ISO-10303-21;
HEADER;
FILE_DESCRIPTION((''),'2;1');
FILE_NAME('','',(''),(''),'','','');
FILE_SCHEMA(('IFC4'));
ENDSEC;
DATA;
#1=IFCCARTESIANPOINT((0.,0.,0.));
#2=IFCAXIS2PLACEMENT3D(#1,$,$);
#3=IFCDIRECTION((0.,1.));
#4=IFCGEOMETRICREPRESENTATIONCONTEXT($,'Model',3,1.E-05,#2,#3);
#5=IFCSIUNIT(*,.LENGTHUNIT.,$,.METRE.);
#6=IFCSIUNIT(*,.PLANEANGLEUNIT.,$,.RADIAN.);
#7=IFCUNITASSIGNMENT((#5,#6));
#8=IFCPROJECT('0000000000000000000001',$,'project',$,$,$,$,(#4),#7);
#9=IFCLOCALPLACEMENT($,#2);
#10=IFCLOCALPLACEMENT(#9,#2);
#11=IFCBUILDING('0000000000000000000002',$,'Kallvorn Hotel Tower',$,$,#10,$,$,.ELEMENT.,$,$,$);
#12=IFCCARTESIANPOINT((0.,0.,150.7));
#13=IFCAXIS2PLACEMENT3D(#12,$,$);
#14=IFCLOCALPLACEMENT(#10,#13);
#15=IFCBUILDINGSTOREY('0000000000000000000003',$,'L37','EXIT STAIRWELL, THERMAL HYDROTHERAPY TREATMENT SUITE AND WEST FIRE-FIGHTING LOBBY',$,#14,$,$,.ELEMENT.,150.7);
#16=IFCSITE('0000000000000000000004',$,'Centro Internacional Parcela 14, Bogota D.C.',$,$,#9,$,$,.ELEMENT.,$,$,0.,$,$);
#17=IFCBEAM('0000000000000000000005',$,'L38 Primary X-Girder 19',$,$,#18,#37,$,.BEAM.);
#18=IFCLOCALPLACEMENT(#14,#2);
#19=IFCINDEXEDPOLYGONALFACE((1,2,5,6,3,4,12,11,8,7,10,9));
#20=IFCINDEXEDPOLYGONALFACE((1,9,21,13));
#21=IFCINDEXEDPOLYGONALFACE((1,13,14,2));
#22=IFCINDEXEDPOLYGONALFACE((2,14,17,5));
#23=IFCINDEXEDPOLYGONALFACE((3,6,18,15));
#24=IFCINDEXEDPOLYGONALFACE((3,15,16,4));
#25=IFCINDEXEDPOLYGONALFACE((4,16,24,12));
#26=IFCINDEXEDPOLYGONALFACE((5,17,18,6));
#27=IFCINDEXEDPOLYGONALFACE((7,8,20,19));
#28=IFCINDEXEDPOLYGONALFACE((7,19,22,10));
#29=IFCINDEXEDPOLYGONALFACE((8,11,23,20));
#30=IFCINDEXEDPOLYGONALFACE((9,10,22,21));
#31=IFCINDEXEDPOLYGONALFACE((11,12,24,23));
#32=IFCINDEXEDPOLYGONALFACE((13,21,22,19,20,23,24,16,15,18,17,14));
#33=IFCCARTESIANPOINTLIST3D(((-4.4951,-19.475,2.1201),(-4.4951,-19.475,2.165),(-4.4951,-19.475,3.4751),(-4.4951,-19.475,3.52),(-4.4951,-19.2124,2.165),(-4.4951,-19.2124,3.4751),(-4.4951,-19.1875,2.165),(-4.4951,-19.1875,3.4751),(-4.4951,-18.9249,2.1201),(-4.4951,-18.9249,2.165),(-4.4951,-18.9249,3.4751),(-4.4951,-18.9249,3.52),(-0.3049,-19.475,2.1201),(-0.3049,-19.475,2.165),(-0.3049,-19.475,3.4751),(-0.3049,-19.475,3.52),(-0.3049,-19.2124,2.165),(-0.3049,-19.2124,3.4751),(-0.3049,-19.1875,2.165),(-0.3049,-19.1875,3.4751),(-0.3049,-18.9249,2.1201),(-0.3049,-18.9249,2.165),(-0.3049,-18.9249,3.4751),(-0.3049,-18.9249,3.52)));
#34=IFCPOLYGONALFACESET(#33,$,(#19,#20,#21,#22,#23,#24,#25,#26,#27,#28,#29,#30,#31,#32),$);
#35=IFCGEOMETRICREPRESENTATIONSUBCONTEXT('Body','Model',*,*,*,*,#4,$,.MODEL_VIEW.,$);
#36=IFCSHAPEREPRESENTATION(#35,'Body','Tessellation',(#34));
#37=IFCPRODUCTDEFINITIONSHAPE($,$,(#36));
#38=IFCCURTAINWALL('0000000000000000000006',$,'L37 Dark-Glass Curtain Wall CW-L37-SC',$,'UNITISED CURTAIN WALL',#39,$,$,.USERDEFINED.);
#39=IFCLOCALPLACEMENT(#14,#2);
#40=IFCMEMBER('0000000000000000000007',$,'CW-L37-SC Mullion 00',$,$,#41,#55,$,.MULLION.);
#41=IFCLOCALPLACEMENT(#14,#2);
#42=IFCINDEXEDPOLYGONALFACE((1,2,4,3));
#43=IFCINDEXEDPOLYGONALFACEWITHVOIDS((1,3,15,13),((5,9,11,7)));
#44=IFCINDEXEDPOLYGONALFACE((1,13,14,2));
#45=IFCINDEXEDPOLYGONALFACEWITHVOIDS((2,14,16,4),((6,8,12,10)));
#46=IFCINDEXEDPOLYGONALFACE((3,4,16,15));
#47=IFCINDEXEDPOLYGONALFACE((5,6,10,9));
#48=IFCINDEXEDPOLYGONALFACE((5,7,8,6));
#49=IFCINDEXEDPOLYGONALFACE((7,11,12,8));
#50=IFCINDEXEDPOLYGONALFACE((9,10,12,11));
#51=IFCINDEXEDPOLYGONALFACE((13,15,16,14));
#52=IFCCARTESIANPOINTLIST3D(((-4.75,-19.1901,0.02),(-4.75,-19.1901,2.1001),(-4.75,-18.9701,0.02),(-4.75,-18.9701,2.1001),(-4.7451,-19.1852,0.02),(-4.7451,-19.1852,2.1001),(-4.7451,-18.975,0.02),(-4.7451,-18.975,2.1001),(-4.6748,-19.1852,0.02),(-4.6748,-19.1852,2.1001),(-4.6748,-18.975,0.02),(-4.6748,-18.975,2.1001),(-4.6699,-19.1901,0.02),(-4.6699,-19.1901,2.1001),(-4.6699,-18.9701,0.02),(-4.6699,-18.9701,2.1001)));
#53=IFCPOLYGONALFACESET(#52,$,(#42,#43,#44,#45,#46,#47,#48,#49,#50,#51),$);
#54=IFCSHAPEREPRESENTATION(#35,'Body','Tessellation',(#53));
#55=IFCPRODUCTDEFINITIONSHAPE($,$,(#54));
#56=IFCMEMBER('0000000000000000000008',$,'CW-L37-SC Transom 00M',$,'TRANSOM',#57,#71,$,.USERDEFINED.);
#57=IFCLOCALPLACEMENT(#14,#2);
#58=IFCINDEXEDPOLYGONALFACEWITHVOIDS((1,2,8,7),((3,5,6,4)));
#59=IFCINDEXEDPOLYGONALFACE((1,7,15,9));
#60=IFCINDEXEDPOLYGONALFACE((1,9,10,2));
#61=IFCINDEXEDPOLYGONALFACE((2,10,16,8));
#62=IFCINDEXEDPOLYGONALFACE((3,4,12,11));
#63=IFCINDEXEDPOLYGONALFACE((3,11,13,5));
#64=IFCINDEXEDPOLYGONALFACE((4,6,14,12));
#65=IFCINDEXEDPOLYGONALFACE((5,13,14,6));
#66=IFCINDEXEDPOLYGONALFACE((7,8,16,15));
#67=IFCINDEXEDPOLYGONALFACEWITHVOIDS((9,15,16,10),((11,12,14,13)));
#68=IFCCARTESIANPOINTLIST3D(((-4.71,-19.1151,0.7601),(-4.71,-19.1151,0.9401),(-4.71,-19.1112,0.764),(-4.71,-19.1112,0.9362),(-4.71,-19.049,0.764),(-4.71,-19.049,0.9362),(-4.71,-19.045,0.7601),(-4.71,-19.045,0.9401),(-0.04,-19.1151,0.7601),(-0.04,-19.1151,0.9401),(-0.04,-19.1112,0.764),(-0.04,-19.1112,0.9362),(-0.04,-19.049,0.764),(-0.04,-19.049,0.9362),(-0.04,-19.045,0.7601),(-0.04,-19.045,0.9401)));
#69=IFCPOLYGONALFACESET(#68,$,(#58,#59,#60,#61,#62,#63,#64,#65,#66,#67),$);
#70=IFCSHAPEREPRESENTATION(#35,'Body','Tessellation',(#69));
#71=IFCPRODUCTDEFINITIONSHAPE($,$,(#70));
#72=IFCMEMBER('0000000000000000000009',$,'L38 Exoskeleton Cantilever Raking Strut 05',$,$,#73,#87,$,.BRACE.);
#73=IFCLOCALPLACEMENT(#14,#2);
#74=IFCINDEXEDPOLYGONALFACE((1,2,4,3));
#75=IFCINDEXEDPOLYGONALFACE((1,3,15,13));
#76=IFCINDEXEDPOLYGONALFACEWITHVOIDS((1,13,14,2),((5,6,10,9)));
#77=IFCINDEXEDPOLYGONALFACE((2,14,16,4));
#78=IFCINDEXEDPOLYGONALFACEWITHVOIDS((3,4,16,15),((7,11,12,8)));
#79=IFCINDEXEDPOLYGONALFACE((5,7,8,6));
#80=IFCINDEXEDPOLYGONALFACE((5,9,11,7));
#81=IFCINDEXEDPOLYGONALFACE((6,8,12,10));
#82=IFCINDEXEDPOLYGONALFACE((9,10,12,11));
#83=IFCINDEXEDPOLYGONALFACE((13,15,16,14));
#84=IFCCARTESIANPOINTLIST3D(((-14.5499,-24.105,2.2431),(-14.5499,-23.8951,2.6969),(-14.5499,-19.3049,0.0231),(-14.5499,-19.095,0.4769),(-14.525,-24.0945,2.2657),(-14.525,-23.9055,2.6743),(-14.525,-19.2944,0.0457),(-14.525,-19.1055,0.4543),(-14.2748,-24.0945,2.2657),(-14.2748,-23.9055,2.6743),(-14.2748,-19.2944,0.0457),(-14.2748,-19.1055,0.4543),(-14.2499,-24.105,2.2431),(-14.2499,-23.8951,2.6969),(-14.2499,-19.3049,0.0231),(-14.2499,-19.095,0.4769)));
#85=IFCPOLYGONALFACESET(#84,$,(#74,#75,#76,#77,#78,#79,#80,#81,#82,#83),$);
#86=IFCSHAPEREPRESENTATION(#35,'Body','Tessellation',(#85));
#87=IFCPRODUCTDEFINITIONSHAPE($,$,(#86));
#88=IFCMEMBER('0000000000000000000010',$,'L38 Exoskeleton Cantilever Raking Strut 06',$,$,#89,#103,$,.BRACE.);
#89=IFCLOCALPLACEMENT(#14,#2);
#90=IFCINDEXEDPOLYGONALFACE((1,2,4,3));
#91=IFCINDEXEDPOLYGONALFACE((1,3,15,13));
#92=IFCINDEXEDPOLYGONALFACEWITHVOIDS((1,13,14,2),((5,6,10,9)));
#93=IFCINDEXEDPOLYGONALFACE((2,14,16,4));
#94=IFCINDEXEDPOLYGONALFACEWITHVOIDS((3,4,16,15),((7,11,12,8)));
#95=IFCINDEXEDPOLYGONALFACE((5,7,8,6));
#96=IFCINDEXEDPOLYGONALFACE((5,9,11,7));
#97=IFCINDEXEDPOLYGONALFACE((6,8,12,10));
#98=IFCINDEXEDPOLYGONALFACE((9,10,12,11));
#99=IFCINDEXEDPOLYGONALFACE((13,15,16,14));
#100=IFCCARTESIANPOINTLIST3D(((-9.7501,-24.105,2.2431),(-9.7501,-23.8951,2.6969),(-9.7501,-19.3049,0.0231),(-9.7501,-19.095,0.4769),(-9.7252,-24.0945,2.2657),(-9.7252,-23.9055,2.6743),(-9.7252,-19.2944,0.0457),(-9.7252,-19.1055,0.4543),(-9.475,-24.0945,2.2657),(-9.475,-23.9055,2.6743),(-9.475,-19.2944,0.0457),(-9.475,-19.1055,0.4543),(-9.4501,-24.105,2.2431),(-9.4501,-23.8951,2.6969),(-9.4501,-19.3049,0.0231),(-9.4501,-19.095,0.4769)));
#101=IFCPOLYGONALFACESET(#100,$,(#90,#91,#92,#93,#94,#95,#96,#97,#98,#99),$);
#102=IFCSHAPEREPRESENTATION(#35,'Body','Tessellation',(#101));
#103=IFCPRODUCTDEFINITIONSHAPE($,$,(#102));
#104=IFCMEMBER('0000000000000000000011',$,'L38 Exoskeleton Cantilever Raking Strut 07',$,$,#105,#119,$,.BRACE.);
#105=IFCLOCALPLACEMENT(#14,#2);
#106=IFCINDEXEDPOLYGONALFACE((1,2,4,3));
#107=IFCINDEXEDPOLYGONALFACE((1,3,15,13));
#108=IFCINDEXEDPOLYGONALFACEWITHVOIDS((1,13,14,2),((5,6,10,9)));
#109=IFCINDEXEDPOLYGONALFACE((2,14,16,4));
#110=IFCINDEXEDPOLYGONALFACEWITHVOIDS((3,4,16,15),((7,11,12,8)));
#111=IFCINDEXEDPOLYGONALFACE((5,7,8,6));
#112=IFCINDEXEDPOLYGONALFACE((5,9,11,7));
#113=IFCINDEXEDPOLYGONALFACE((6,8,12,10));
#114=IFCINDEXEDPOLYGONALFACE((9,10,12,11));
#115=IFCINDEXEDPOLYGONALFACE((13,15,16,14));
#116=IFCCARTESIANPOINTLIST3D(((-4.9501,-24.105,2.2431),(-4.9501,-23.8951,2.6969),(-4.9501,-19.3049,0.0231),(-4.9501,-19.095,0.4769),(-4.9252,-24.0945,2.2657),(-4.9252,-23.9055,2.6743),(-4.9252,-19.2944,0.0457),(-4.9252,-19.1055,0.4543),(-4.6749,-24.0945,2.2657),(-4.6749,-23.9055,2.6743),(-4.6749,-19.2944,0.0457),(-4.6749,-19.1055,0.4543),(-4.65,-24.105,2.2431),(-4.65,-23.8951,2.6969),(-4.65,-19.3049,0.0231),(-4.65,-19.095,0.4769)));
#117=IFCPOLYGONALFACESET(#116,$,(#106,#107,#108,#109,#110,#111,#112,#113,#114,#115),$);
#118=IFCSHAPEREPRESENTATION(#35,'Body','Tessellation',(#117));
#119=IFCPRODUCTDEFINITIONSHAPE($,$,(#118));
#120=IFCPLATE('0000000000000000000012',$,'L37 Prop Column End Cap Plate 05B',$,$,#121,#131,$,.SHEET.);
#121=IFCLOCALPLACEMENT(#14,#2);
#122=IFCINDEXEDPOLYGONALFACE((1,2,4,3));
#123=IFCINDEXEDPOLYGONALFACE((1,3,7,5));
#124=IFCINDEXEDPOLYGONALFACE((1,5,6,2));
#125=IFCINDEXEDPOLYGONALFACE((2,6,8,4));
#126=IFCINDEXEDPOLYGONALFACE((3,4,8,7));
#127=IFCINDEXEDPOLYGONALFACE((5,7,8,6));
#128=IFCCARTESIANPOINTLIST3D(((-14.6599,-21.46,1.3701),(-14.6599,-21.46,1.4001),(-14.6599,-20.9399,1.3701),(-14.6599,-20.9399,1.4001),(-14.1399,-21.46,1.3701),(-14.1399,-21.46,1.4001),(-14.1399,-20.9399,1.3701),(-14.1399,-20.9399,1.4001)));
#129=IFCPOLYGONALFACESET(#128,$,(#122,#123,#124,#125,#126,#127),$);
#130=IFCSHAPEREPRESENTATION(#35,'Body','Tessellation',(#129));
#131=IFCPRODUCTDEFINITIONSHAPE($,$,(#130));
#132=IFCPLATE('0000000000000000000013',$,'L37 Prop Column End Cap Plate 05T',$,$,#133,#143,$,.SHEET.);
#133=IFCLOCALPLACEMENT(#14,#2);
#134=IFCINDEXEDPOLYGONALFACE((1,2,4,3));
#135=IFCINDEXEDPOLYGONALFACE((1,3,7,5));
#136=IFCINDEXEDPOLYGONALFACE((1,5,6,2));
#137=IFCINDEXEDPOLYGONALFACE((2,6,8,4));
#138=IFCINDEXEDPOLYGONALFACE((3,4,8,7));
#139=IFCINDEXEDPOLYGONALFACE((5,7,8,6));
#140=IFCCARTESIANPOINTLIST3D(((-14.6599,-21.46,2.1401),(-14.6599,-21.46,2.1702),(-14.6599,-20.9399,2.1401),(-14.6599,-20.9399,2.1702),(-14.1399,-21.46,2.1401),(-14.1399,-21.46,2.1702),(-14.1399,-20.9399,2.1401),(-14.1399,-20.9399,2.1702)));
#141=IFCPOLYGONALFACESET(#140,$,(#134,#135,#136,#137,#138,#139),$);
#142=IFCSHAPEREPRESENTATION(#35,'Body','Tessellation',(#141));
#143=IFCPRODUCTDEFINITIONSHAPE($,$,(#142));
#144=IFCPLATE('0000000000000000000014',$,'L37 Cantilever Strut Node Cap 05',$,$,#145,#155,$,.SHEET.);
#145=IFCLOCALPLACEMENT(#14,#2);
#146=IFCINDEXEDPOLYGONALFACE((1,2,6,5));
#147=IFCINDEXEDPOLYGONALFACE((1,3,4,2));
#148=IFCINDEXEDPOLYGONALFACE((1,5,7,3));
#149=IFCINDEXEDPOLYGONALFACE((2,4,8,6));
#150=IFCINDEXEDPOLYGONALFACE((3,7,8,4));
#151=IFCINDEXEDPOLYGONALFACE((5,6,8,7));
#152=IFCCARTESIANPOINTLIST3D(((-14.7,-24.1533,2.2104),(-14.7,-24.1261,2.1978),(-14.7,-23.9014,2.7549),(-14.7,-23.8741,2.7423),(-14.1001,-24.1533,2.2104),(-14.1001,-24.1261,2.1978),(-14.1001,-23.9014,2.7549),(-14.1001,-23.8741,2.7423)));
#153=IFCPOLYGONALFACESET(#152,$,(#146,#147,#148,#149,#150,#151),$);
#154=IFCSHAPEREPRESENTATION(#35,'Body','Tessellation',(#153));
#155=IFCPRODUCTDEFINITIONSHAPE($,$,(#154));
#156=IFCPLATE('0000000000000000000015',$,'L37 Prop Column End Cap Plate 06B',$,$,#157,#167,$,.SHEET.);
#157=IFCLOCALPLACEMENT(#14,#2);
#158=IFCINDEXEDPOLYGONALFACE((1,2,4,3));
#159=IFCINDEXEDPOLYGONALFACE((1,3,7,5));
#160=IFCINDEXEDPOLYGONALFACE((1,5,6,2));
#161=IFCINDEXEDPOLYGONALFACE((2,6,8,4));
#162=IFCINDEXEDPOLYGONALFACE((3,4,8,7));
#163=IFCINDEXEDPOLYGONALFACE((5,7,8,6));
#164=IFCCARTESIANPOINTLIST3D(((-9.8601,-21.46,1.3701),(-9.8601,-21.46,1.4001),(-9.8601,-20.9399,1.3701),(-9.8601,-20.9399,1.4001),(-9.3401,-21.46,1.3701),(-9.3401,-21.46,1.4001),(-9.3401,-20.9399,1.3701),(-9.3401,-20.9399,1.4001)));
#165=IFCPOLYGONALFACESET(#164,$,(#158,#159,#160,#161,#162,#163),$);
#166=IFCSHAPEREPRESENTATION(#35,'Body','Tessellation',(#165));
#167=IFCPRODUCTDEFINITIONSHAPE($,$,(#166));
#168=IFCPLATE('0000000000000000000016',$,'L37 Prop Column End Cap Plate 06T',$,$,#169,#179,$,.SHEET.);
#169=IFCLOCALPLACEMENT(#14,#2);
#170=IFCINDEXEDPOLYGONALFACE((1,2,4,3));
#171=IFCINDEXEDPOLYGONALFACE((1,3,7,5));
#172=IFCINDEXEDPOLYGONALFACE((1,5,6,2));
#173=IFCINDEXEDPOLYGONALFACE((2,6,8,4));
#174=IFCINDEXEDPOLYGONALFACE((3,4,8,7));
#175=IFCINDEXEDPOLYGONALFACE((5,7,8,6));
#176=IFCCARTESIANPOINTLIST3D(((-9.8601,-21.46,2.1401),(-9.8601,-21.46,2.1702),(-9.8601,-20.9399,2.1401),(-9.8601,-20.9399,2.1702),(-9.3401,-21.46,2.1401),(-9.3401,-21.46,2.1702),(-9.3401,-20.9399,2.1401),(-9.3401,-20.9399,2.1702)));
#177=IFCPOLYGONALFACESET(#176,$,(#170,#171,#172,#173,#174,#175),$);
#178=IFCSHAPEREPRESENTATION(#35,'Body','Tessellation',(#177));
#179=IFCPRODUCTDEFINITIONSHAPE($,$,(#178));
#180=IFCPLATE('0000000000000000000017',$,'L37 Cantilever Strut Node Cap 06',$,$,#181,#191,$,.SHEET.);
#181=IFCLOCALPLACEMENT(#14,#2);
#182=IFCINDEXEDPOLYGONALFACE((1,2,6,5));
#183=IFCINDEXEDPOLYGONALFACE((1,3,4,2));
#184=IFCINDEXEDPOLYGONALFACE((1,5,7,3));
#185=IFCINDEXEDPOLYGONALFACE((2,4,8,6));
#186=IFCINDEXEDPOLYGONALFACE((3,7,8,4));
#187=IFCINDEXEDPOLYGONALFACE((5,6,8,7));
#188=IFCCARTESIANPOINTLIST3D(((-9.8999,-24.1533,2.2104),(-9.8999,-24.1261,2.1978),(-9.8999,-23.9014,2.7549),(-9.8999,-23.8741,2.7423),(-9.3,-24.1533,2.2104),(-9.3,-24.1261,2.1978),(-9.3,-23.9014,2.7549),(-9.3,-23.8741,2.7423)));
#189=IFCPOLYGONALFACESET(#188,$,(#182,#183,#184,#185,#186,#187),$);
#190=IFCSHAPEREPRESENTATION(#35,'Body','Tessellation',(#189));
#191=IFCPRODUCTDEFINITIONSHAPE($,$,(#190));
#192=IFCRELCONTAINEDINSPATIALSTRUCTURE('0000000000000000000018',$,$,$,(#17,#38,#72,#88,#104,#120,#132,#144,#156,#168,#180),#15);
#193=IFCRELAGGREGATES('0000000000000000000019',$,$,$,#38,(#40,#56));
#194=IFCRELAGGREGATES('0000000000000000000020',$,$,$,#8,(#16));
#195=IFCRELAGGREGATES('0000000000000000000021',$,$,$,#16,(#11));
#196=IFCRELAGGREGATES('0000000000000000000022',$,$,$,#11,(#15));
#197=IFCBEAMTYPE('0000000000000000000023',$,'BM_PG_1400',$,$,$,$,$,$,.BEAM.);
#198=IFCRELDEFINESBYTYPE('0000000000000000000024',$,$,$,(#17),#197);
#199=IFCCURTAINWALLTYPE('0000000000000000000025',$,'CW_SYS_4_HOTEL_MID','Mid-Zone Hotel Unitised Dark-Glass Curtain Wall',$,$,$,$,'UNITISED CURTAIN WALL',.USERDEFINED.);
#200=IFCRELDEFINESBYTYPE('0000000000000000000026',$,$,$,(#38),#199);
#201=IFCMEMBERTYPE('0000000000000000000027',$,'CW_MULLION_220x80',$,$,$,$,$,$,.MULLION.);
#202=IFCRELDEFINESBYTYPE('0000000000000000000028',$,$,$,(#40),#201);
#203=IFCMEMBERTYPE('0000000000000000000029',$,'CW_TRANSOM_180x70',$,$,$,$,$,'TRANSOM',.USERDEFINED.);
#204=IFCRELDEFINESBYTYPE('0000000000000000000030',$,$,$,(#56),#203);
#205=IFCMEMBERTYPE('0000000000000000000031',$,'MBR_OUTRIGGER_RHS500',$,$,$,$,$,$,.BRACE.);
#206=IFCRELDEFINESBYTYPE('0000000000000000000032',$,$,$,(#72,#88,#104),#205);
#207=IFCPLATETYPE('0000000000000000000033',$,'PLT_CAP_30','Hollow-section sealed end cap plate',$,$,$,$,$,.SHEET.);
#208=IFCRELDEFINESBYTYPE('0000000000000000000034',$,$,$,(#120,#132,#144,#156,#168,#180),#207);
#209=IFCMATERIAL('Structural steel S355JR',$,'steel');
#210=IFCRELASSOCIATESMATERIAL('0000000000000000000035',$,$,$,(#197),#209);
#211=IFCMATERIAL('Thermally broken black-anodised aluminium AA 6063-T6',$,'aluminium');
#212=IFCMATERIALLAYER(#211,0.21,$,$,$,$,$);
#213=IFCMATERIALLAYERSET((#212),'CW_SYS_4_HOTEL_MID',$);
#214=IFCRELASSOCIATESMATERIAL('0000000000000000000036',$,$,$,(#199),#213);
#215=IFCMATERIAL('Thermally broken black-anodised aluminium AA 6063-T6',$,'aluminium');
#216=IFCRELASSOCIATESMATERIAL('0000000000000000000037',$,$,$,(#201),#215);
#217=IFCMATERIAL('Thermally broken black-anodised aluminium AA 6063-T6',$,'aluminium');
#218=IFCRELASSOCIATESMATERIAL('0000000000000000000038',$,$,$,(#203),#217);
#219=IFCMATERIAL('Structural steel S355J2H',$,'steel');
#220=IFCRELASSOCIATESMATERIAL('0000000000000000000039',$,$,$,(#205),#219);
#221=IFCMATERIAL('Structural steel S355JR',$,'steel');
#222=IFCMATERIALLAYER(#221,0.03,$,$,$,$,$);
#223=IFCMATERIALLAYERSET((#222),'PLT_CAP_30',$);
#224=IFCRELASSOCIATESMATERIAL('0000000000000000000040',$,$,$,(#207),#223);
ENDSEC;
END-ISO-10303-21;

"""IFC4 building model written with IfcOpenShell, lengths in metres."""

from ifc_helpers import new_model, si_unit, direction, frame, origin, origin_2d, place, context, subcontext, project, spatial, polyline, rectangle, hollow_rectangle, i_section, outline, extrude, material, layer, layer_set, material_profile, profile_set, type_object, element, aggregate, save


model = new_model("IFC4")

# Units and contexts
model_context = context("Model", 3, precision=1e-05, world=origin(), true_north=direction((0.0, 1.0)))
body_context = subcontext(model_context, "Body", "Model", "MODEL_VIEW")
ifc_project = project(units=[si_unit("LENGTHUNIT", "METRE"), si_unit("PLANEANGLEUNIT", "RADIAN")], contexts=[model_context])

# Site, building, storey
site_placement = place(None, origin())
site = spatial("IfcSite", under=ifc_project, at=site_placement, Name="Centro Internacional Parcela 14, Bogota D.C.", CompositionType="ELEMENT", RefElevation=0.0)
building_placement = place(site_placement, origin())
building = spatial("IfcBuilding", under=site, at=building_placement, Name="Kallvorn Hotel Tower", CompositionType="ELEMENT")
storey_placement = place(building_placement, frame((0.0, 0.0, 150.7)))
storey = spatial("IfcBuildingStorey", under=building, at=storey_placement, Name="L37", Description="EXIT STAIRWELL, THERMAL HYDROTHERAPY TREATMENT SUITE AND WEST FIRE-FIGHTING LOBBY", CompositionType="ELEMENT", Elevation=150.7)

# Beam
ifc_material_1 = material(Name="Structural steel S355JR", Category="steel")
ifc_material_profile_1 = material_profile(ifc_material_1, i_section(OverallWidth=0.55, OverallDepth=1.3999, WebThickness=0.0249, FlangeThickness=0.0449, at=origin_2d()), Name="PG 1400x550x25x45")
ifc_profile_set_1 = profile_set([ifc_material_profile_1], Name="Structural steel S355JR")
beam_type_1 = type_object("IfcBeamType", Name="BM_PG_1400", PredefinedType="BEAM", material=ifc_profile_set_1)
beam_placement = place(storey_placement, frame((-4.4951, -19.2, 2.8201), z_axis=(1.0, 0.0, 0.0), x_axis=(0.0, 1.0, 0.0)))
element("IfcBeam", 1, at=beam_placement, inside=storey, type_object=beam_type_1, Name="L38 Primary X-Girder 19", PredefinedType="BEAM", context=body_context, shape_type="SweptSolid", body=[
    extrude(i_section(OverallWidth=0.55, OverallDepth=1.3999, WebThickness=0.0249, FlangeThickness=0.0449, at=origin_2d()), origin(), (0.0, 0.0, 1.0), 4.1902),
])

# Curtain wall, members
ifc_material_2 = material(Name="Thermally broken black-anodised aluminium AA 6063-T6", Category="aluminium")
ifc_layer_1 = layer(ifc_material_2, 0.21)
ifc_layer_set_1 = layer_set([ifc_layer_1], Name="CW_SYS_4_HOTEL_MID")
curtain_wall_type = type_object("IfcCurtainWallType", Name="CW_SYS_4_HOTEL_MID", Description="Mid-Zone Hotel Unitised Dark-Glass Curtain Wall", ElementType="UNITISED CURTAIN WALL", PredefinedType="USERDEFINED", material=ifc_layer_set_1)
curtain_wall_placement = place(storey_placement, origin())
curtain_wall = element("IfcCurtainWall", 2, at=curtain_wall_placement, inside=storey, type_object=curtain_wall_type, Name="L37 Dark-Glass Curtain Wall CW-L37-SC", ObjectType="UNITISED CURTAIN WALL", PredefinedType="USERDEFINED")
ifc_material_3 = material(Name="Thermally broken black-anodised aluminium AA 6063-T6", Category="aluminium")
ifc_material_profile_2 = material_profile(ifc_material_3, hollow_rectangle(XDim=0.0801, YDim=0.22, WallThickness=0.0049, at=origin_2d()), Name="MUL 220x80")
ifc_profile_set_2 = profile_set([ifc_material_profile_2], Name="Thermally broken black-anodised aluminium AA 6063-T6")
member_type_1 = type_object("IfcMemberType", Name="CW_MULLION_220x80", PredefinedType="MULLION", material=ifc_profile_set_2)
member_1_placement = place(storey_placement, frame((-4.71, -19.0801, 0.02), z_axis=(0.0, 0.0, 1.0), x_axis=(1.0, 0.0, 0.0)))
member_1 = element("IfcMember", 3, at=member_1_placement, type_object=member_type_1, Name="CW-L37-SC Mullion 00", PredefinedType="MULLION", context=body_context, shape_type="SweptSolid", body=[
    extrude(hollow_rectangle(XDim=0.0801, YDim=0.22, WallThickness=0.0049, at=origin_2d()), origin(), (0.0, 0.0, 1.0), 2.0801),
])
ifc_material_4 = material(Name="Thermally broken black-anodised aluminium AA 6063-T6", Category="aluminium")
ifc_material_profile_3 = material_profile(ifc_material_4, hollow_rectangle(XDim=0.0701, YDim=0.1799, WallThickness=0.0039, at=origin_2d()), Name="TRN 180x70")
ifc_profile_set_3 = profile_set([ifc_material_profile_3], Name="Thermally broken black-anodised aluminium AA 6063-T6")
member_type_2 = type_object("IfcMemberType", Name="CW_TRANSOM_180x70", ElementType="TRANSOM", PredefinedType="USERDEFINED", material=ifc_profile_set_3)
member_2_placement = place(storey_placement, frame((-4.71, -19.0801, 0.8501), z_axis=(1.0, 0.0, 0.0), x_axis=(0.0, 1.0, 0.0)))
member_2 = element("IfcMember", 4, at=member_2_placement, type_object=member_type_2, Name="CW-L37-SC Transom 00M", ObjectType="TRANSOM", PredefinedType="USERDEFINED", context=body_context, shape_type="SweptSolid", body=[
    extrude(hollow_rectangle(XDim=0.0701, YDim=0.1799, WallThickness=0.0039, at=origin_2d()), origin(), (0.0, 0.0, 1.0), 4.6699),
])
aggregate(curtain_wall, [member_1, member_2])

# Members
ifc_material_5 = material(Name="Structural steel S355J2H", Category="steel")
ifc_material_profile_4 = material_profile(ifc_material_5, hollow_rectangle(XDim=0.3, YDim=0.5, WallThickness=0.0249, at=origin_2d()), Name="RHS 500x300x25")
ifc_profile_set_4 = profile_set([ifc_material_profile_4], Name="Structural steel S355J2H")
member_type_3 = type_object("IfcMemberType", Name="MBR_OUTRIGGER_RHS500", PredefinedType="BRACE", material=ifc_profile_set_4)
for number, where, z_axis, x_axis, name in (
    (5, (-14.3999, -19.2, 0.25), (0.0, -0.907631, 0.419769), (1.0, 0.0, 0.0), "L38 Exoskeleton Cantilever Raking Strut 05"),
    (6, (-9.6001, -19.2, 0.25), (0.0, -0.907631, 0.419769), (1.0, 0.0, 0.0), "L38 Exoskeleton Cantilever Raking Strut 06"),
    (7, (-4.8, -19.2, 0.25), (0.0, -0.907631, 0.419769), (1.0, 0.0, 0.0), "L38 Exoskeleton Cantilever Raking Strut 07"),
):
    element("IfcMember", number, at=place(storey_placement, frame(where, z_axis=z_axis, x_axis=x_axis)), inside=storey, type_object=member_type_3, Name=name, PredefinedType="BRACE", context=body_context, shape_type="SweptSolid", body=[
        extrude(hollow_rectangle(XDim=0.3, YDim=0.5, WallThickness=0.0249, at=origin_2d()), origin(), (0.0, 0.0, 1.0), 5.2886),
    ])

# Plates
ifc_material_6 = material(Name="Structural steel S355JR", Category="steel")
ifc_layer_2 = layer(ifc_material_6, 0.03)
ifc_layer_set_2 = layer_set([ifc_layer_2], Name="PLT_CAP_30")
plate_type = type_object("IfcPlateType", Name="PLT_CAP_30", Description="Hollow-section sealed end cap plate", PredefinedType="SHEET", material=ifc_layer_set_2)
for number, where, z_axis, x_axis, name in (
    (8, (-14.3999, -21.2, 1.3701), (0.0, 0.0, 1.0), (1.0, 0.0, 0.0), "L37 Prop Column End Cap Plate 05B"),
    (9, (-14.3999, -21.2, 2.1401), (0.0, 0.0, 1.0), (1.0, 0.0, 0.0), "L37 Prop Column End Cap Plate 05T"),
):
    element("IfcPlate", number, at=place(storey_placement, frame(where, z_axis=z_axis, x_axis=x_axis)), inside=storey, type_object=plate_type, Name=name, PredefinedType="SHEET", context=body_context, shape_type="SweptSolid", body=[
        extrude(rectangle(XDim=0.52, YDim=0.52, at=origin_2d()), origin(), (0.0, 0.0, 1.0), 0.03),
    ])
plate_1_placement = place(storey_placement, frame((-14.7, -24.1533, 2.2104), z_axis=(0.0, -0.90753, 0.419987), x_axis=(1.0, 0.0, 0.0)))
element("IfcPlate", 10, at=plate_1_placement, inside=storey, type_object=plate_type, Name="L37 Cantilever Strut Node Cap 05", PredefinedType="SHEET", context=body_context, shape_type="SweptSolid", body=[
    extrude(outline(polyline([(0.0, 0.0), (0.5999, 0.0), (0.5999, 0.5999), (0.0, 0.5999), (0.0, 0.0)])), origin(), (0.0, 0.0, -1.0), 0.03),
])
for number, where, z_axis, x_axis, name in (
    (11, (-9.6001, -21.2, 1.3701), (0.0, 0.0, 1.0), (1.0, 0.0, 0.0), "L37 Prop Column End Cap Plate 06B"),
    (12, (-9.6001, -21.2, 2.1401), (0.0, 0.0, 1.0), (1.0, 0.0, 0.0), "L37 Prop Column End Cap Plate 06T"),
):
    element("IfcPlate", number, at=place(storey_placement, frame(where, z_axis=z_axis, x_axis=x_axis)), inside=storey, type_object=plate_type, Name=name, PredefinedType="SHEET", context=body_context, shape_type="SweptSolid", body=[
        extrude(rectangle(XDim=0.52, YDim=0.52, at=origin_2d()), origin(), (0.0, 0.0, 1.0), 0.03),
    ])
plate_2_placement = place(storey_placement, frame((-9.8999, -24.1533, 2.2104), z_axis=(0.0, -0.90753, 0.419987), x_axis=(1.0, 0.0, 0.0)))
element("IfcPlate", 13, at=plate_2_placement, inside=storey, type_object=plate_type, Name="L37 Cantilever Strut Node Cap 06", PredefinedType="SHEET", context=body_context, shape_type="SweptSolid", body=[
    extrude(outline(polyline([(0.0, 0.0), (0.5999, 0.0), (0.5999, 0.5999), (0.0, 0.5999), (0.0, 0.0)])), origin(), (0.0, 0.0, -1.0), 0.03),
])

save(model, "model.ifc")
